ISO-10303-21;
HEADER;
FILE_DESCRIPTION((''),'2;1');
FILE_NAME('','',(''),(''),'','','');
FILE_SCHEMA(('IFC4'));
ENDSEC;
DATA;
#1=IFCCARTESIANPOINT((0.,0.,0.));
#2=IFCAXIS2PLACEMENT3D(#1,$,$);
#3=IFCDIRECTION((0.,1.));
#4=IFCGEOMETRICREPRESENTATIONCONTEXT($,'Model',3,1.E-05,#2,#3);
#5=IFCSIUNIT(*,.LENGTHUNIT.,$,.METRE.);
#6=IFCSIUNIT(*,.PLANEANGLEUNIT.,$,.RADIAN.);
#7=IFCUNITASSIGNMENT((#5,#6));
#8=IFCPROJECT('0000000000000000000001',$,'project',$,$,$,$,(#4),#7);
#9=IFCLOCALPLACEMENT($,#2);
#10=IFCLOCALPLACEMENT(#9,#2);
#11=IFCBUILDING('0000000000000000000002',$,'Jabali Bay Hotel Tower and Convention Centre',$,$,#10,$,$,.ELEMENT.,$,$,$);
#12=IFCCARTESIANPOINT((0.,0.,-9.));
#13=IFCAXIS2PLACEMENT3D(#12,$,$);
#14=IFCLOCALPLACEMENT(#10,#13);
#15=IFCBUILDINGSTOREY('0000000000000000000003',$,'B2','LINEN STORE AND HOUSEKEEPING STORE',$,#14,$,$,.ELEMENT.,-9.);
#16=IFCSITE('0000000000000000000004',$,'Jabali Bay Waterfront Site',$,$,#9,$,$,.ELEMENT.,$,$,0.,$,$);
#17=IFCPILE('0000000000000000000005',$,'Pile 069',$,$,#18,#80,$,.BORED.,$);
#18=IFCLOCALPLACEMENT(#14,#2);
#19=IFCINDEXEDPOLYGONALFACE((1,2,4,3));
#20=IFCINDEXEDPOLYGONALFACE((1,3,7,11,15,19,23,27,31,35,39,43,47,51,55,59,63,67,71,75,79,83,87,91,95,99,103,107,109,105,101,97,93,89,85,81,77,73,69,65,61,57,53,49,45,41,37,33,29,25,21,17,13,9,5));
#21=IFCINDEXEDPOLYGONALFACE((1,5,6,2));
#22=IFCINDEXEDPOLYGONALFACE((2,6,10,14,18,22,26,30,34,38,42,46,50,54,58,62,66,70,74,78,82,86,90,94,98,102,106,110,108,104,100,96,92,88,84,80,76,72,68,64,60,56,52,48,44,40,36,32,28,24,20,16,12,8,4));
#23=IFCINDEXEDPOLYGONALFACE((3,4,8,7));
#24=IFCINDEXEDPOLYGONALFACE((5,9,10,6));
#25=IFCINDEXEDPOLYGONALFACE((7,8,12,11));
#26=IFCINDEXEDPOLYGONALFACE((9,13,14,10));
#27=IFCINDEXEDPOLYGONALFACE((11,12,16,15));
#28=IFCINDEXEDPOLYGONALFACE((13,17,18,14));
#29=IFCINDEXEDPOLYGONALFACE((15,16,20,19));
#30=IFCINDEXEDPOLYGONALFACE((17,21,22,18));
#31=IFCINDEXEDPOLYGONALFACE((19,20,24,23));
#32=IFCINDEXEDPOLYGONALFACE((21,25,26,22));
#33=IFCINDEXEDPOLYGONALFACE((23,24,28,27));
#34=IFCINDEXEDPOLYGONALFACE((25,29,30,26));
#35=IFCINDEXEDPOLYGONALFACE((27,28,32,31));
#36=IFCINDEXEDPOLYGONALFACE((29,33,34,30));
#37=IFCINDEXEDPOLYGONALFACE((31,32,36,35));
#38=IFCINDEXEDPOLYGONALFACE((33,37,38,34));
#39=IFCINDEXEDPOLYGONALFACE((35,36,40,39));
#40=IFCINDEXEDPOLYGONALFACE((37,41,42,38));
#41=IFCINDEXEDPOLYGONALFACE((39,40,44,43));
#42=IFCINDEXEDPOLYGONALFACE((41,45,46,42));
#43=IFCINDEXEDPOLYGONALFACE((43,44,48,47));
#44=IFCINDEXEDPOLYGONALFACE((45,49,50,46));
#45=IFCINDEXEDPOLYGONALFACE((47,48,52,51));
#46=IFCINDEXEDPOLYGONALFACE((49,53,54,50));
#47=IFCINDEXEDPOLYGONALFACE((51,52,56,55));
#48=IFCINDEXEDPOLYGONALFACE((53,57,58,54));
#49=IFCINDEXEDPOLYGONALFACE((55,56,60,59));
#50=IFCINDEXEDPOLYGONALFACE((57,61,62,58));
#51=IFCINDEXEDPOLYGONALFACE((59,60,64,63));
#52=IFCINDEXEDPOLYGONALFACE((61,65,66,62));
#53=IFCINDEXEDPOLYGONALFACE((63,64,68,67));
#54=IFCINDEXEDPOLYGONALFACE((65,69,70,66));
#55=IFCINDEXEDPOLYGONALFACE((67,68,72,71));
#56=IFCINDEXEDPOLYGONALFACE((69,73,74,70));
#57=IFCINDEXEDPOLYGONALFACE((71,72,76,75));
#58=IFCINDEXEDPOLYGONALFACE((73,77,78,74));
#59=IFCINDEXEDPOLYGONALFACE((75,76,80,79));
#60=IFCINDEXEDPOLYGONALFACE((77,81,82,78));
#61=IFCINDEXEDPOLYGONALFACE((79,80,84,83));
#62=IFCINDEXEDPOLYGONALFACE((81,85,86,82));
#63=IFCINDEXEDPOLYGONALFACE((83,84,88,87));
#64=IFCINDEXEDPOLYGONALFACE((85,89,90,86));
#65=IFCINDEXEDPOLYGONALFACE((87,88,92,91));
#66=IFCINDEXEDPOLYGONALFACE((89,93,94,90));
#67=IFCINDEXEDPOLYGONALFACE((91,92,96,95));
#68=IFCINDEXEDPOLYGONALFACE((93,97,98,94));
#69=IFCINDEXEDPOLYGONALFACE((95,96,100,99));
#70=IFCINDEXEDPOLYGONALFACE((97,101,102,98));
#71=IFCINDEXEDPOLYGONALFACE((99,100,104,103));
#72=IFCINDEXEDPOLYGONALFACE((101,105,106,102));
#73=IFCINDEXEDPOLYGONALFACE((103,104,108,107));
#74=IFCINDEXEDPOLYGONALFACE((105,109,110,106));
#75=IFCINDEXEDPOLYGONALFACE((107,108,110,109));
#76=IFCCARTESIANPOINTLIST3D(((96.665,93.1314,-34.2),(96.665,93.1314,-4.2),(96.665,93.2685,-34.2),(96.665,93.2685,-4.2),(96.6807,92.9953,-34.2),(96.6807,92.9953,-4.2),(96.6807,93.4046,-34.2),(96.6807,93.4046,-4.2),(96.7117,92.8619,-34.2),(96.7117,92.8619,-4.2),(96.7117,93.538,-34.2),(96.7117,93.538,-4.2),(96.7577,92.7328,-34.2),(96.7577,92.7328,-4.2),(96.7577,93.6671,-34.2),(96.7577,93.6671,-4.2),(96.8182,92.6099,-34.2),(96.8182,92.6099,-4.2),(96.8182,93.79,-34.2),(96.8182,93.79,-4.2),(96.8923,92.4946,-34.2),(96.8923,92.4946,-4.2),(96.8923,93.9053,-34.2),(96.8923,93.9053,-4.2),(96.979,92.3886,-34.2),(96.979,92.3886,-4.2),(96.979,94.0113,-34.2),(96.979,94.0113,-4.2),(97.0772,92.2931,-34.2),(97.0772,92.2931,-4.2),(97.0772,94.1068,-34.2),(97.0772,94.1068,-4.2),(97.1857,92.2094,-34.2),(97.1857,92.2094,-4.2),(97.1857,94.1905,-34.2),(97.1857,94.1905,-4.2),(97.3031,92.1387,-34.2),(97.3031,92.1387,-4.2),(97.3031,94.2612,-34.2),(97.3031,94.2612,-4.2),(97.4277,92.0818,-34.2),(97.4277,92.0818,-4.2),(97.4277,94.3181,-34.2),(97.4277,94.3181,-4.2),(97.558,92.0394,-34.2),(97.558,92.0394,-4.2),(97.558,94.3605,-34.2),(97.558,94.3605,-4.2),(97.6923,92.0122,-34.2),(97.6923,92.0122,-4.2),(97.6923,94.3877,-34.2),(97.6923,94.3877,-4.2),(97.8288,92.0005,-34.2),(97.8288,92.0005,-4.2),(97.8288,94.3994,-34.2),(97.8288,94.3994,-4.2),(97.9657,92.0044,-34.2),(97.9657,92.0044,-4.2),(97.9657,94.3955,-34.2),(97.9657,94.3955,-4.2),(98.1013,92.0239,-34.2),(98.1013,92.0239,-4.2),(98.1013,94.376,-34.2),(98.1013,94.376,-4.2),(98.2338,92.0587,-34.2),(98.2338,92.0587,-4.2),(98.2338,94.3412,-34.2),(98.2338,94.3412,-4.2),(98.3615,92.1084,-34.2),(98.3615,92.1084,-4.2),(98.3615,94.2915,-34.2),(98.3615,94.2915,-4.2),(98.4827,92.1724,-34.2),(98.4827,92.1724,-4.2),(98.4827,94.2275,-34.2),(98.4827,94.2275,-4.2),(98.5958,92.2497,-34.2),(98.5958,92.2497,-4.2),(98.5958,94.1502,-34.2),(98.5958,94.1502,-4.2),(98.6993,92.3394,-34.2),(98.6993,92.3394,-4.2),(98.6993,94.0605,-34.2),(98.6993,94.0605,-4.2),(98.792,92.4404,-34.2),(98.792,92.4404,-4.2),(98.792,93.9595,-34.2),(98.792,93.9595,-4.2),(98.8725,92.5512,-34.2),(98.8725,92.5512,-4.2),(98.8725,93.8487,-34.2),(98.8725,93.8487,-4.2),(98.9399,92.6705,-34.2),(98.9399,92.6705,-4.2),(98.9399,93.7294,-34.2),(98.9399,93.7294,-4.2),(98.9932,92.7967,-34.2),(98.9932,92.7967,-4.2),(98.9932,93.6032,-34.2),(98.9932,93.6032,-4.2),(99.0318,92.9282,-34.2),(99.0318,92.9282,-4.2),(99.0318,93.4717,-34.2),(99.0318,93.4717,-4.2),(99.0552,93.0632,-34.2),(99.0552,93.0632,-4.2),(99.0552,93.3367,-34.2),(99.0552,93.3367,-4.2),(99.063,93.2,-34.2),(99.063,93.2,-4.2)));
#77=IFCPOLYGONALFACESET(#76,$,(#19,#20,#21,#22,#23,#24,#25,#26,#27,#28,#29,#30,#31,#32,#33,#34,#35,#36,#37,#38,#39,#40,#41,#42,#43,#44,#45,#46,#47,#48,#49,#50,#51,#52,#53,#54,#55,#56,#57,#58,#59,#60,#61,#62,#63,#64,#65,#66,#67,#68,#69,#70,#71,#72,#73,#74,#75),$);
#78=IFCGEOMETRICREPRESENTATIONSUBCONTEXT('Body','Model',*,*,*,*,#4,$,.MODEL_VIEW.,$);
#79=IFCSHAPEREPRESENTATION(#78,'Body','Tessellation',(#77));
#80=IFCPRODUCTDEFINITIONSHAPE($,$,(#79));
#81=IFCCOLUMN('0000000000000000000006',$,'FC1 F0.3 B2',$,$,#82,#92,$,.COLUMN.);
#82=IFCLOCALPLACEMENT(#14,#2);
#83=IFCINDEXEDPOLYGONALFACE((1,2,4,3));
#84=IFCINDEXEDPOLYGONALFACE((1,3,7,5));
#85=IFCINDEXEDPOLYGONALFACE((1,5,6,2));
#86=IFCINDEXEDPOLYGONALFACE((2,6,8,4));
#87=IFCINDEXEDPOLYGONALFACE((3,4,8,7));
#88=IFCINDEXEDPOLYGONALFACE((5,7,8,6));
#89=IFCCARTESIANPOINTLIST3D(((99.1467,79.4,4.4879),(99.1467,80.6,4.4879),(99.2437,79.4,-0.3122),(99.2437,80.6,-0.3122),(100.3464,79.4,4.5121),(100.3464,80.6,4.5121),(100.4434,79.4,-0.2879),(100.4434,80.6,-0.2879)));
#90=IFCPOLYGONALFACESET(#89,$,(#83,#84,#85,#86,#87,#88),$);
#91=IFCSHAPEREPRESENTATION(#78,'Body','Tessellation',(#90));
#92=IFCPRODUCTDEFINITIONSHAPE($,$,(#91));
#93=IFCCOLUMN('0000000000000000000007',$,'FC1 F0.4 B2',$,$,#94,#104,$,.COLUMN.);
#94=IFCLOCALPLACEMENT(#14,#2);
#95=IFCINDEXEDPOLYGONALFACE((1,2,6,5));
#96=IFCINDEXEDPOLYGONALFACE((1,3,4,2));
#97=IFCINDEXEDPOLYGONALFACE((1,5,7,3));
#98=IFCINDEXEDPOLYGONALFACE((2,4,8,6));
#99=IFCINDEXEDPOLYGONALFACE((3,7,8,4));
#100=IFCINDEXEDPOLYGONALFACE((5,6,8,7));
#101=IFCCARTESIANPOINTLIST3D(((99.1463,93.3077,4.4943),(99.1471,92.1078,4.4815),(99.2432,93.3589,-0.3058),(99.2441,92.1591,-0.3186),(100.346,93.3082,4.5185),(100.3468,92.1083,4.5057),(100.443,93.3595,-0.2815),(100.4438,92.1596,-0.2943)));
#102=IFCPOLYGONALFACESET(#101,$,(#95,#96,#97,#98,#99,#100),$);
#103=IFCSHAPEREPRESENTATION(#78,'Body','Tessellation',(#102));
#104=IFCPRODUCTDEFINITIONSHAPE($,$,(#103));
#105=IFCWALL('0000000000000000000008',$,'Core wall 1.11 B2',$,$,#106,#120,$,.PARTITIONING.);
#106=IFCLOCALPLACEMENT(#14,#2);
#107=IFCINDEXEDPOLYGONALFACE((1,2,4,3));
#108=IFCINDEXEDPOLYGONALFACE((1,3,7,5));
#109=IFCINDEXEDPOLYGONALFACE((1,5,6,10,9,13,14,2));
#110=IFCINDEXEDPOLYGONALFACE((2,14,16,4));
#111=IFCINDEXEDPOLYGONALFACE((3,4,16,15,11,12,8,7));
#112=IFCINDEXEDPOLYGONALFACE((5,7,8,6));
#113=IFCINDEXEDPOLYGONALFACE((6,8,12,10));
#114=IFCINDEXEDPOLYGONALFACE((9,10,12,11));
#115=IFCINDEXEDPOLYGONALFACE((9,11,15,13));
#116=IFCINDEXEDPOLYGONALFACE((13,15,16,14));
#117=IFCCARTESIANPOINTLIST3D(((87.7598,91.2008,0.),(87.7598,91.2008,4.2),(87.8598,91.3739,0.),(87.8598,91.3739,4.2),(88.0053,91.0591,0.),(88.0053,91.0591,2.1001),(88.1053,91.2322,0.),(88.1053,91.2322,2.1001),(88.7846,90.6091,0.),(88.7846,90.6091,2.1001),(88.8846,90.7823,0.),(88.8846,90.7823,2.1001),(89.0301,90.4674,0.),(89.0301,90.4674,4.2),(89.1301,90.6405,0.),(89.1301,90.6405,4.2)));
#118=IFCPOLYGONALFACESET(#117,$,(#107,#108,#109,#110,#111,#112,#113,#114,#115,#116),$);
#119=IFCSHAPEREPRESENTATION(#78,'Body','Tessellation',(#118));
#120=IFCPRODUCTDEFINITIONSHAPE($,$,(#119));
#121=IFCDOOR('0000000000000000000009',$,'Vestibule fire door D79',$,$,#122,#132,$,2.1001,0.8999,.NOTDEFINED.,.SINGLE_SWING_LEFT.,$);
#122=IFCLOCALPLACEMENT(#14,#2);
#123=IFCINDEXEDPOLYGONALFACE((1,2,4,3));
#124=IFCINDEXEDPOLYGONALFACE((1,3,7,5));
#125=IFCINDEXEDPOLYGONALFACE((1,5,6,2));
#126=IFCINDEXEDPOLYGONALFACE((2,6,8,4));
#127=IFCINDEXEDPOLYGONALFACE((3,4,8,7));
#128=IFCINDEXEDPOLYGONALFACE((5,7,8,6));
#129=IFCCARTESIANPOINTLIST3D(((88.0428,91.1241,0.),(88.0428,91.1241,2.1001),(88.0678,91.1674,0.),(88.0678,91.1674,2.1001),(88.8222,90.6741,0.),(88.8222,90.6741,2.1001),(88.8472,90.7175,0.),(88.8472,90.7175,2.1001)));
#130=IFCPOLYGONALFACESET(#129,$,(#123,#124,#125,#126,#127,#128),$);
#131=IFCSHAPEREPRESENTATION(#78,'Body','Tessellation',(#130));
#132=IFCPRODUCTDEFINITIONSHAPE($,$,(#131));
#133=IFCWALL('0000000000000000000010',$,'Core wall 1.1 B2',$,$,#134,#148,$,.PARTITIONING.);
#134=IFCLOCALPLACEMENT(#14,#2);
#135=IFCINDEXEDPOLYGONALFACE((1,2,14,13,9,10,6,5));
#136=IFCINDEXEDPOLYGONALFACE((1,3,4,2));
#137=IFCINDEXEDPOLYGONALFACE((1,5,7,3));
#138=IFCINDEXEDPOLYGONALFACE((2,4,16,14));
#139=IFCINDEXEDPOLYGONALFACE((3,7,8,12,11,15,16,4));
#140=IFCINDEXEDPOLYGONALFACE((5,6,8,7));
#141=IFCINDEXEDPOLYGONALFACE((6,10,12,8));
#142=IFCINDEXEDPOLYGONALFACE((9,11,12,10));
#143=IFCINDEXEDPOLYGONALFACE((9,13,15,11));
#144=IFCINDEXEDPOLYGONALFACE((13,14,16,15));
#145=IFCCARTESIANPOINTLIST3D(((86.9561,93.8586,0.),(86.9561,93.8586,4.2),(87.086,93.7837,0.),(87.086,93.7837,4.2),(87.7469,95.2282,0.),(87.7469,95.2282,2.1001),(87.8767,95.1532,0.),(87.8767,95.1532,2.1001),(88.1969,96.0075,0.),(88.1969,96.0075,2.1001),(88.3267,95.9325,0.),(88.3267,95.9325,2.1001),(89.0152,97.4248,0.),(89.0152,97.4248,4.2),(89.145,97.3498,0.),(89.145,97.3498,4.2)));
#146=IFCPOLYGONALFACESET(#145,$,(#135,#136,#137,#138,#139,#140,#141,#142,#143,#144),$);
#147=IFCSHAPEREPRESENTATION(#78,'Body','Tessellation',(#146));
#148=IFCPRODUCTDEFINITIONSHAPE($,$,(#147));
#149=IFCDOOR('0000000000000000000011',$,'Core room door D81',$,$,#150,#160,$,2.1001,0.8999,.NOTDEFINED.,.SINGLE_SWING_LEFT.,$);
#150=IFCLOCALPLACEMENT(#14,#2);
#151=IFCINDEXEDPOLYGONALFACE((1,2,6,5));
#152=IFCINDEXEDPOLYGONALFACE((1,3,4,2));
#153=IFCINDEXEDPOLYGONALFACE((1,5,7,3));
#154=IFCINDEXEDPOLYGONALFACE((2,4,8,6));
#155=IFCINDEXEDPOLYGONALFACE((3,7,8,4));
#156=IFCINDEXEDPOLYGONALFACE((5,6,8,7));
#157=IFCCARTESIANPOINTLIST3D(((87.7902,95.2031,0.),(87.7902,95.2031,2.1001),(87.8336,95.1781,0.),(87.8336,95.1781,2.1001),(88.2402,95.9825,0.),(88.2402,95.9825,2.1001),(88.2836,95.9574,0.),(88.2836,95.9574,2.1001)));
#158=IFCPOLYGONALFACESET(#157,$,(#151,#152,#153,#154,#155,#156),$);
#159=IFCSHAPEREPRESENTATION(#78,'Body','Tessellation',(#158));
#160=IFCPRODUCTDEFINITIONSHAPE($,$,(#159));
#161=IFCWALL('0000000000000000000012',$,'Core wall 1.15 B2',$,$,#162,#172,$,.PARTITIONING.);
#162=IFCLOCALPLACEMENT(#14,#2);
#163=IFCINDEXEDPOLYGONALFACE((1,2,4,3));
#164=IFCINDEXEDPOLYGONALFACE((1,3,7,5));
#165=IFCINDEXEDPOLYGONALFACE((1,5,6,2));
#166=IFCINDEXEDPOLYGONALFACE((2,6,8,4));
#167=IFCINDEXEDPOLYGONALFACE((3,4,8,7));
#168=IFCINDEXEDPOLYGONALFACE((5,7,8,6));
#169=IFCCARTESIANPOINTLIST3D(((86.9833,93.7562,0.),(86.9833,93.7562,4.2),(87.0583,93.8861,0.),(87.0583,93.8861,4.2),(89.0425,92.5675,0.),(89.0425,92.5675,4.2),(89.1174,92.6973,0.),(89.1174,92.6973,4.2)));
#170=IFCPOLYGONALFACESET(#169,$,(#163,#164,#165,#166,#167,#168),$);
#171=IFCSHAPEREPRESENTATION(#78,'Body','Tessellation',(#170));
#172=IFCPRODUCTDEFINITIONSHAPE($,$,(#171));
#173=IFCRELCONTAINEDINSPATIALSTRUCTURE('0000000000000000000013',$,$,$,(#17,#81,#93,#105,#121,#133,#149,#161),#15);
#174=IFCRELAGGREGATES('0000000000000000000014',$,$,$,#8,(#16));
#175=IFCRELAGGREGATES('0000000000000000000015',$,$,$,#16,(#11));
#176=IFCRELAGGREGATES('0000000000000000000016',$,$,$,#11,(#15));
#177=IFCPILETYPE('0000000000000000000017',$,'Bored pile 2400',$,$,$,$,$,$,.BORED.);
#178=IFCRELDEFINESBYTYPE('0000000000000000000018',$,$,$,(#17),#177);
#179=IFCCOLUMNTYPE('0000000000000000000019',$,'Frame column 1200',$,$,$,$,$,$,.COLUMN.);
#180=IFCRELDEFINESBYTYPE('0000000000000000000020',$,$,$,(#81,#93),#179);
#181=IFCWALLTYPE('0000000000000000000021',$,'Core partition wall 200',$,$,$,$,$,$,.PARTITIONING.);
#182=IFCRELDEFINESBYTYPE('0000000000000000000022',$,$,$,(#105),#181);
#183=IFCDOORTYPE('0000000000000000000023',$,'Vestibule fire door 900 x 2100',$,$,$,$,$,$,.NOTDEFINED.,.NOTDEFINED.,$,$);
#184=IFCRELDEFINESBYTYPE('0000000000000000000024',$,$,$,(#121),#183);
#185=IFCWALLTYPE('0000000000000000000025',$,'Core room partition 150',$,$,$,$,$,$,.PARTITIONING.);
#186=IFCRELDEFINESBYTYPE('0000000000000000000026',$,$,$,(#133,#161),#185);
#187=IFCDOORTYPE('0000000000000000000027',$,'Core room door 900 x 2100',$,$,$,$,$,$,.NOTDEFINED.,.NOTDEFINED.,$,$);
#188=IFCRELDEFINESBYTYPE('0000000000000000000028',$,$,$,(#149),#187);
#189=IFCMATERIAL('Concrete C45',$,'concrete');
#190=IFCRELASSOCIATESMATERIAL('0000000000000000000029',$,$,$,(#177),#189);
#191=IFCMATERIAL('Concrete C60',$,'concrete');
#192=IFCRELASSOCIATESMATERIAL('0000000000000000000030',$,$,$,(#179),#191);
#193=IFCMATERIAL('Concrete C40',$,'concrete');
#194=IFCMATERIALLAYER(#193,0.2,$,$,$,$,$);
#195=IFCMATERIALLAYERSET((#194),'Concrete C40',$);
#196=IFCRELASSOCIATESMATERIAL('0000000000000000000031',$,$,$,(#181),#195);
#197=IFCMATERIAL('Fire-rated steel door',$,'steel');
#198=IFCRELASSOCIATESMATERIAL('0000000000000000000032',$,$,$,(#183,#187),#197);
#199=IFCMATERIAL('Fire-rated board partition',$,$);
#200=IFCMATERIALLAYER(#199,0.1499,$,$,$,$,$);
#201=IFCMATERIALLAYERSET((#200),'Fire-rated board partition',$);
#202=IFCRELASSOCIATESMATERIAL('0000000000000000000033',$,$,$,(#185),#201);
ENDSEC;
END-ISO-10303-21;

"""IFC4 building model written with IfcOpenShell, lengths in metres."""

from ifc_helpers import new_model, si_unit, direction, frame, frame_2d, origin, origin_2d, place, context, subcontext, project, spatial, rectangle, circle, extrude, material, layer, layer_set, material_profile, profile_set, type_object, element, fill, save


model = new_model("IFC4")

# Units and contexts
model_context = context("Model", 3, precision=1e-05, world=origin(), true_north=direction((0.0, 1.0)))
body_context = subcontext(model_context, "Body", "Model", "MODEL_VIEW")
ifc_project = project(units=[si_unit("LENGTHUNIT", "METRE"), si_unit("PLANEANGLEUNIT", "RADIAN")], contexts=[model_context])

# Site, building, storey
site_placement = place(None, origin())
site = spatial("IfcSite", under=ifc_project, at=site_placement, Name="Jabali Bay Waterfront Site", CompositionType="ELEMENT", RefElevation=0.0)
building_placement = place(site_placement, origin())
building = spatial("IfcBuilding", under=site, at=building_placement, Name="Jabali Bay Hotel Tower and Convention Centre", CompositionType="ELEMENT")
storey_placement = place(building_placement, frame((0.0, 0.0, -9.0)))
storey = spatial("IfcBuildingStorey", under=building, at=storey_placement, Name="B2", Description="LINEN STORE AND HOUSEKEEPING STORE", CompositionType="ELEMENT", Elevation=-9.0)

# Pile
ifc_material_1 = material(Name="Concrete C45", Category="concrete")
ifc_material_profile_1 = material_profile(ifc_material_1, circle(Radius=1.2, at=origin_2d()), Name="Bored pile 2400")
ifc_profile_set_1 = profile_set([ifc_material_profile_1], Name="Concrete C45")
pile_type = type_object("IfcPileType", Name="Bored pile 2400", PredefinedType="BORED", material=ifc_profile_set_1)
for number, where, z_axis, x_axis, name in (
    (1, (97.863, 93.2, -4.2), (0.0, 0.0, -1.0), (1.0, 0.0, 0.0), "Pile 069"),
):
    element("IfcPile", number, at=place(storey_placement, frame(where, z_axis=z_axis, x_axis=x_axis)), inside=storey, type_object=pile_type, Name=name, PredefinedType="BORED", context=body_context, shape_type="SweptSolid", body=[
        extrude(circle(Radius=1.2, at=origin_2d()), origin(), (0.0, 0.0, 1.0), 30.0),
    ])

# Columns
ifc_material_2 = material(Name="Concrete C60", Category="concrete")
ifc_material_profile_2 = material_profile(ifc_material_2, rectangle(XDim=1.2, YDim=1.2, at=origin_2d()), Name="Frame column 1200")
ifc_profile_set_2 = profile_set([ifc_material_profile_2], Name="Concrete C60")
column_type = type_object("IfcColumnType", Name="Frame column 1200", PredefinedType="COLUMN", material=ifc_profile_set_2)
column_1_placement = place(storey_placement, frame((99.8435, 80.0, -0.3), z_axis=(-0.020188, 0.0, 0.999796), x_axis=(0.0, -1.0, 0.0)))
element("IfcColumn", 2, at=column_1_placement, inside=storey, type_object=column_type, Name="FC1 F0.3 B2", PredefinedType="COLUMN", context=body_context, shape_type="SweptSolid", body=[
    extrude(rectangle(XDim=1.2, YDim=1.2, at=origin_2d()), origin(), (0.0, 0.0, 1.0), 4.801),
])
column_2_placement = place(storey_placement, frame((99.8435, 92.7593, -0.3), z_axis=(-0.020187, -0.010678, 0.999739), x_axis=(0.999796, 0.000457, 0.020193)))
element("IfcColumn", 3, at=column_2_placement, inside=storey, type_object=column_type, Name="FC1 F0.4 B2", PredefinedType="COLUMN", context=body_context, shape_type="SweptSolid", body=[
    extrude(rectangle(XDim=1.2, YDim=1.2, at=origin_2d()), origin(), (0.0, 0.0, 1.0), 4.8013),
])

# Walls, openings, doors
ifc_material_3 = material(Name="Concrete C40", Category="concrete")
ifc_layer_1 = layer(ifc_material_3, 0.2)
ifc_layer_set_1 = layer_set([ifc_layer_1], Name="Concrete C40")
wall_type_1 = type_object("IfcWallType", Name="Core partition wall 200", PredefinedType="PARTITIONING", material=ifc_layer_set_1)
wall_1_placement = place(storey_placement, frame((89.0801, 90.554, 0.0), z_axis=(0.0, 0.0, 1.0), x_axis=(-0.866022, 0.500006, 0.0)))
wall_1 = element("IfcWall", 4, at=wall_1_placement, inside=storey, type_object=wall_type_1, Name="Core wall 1.11 B2", PredefinedType="PARTITIONING", context=body_context, shape_type="SweptSolid", body=[
    extrude(rectangle(XDim=1.4668, YDim=0.2, at=frame_2d((0.7334, 0.0))), origin(), (0.0, 0.0, 1.0), 4.2),
])
opening_1_placement = place(wall_1_placement, frame((0.2834, 0.0, 0.0)))
opening_1 = element("IfcOpeningElement", 5, at=opening_1_placement, cuts=wall_1, PredefinedType="OPENING", context=body_context, shape_type="SweptSolid", body=[
    extrude(rectangle(XDim=0.8999, YDim=2.1001, at=frame_2d((0.45, 1.05))), frame((0.0, 0.1104, 0.0), z_axis=(0.0, -1.0, 0.0), x_axis=(1.0, 0.0, 0.0)), (0.0, 0.0, 1.0), 0.2209),
])
ifc_material_4 = material(Name="Fire-rated steel door", Category="steel")
door_type_1 = type_object("IfcDoorType", Name="Vestibule fire door 900 x 2100", OperationType="NOTDEFINED", PredefinedType="NOTDEFINED", material=ifc_material_4)
door_1_placement = place(opening_1_placement, origin())
door_1 = element("IfcDoor", 6, at=door_1_placement, inside=storey, type_object=door_type_1, Name="Vestibule fire door D79", OperationType="SINGLE_SWING_LEFT", OverallHeight=2.1001, OverallWidth=0.8999, PredefinedType="NOTDEFINED", context=body_context, shape_type="SweptSolid", body=[
    extrude(rectangle(XDim=0.8999, YDim=2.1001, at=frame_2d((0.45, 1.05))), frame((0.0, 0.0249, 0.0), z_axis=(0.0, -1.0, 0.0), x_axis=(1.0, 0.0, 0.0)), (0.0, 0.0, 1.0), 0.05),
])
fill(opening_1, door_1)
ifc_material_5 = material(Name="Fire-rated board partition")
ifc_layer_2 = layer(ifc_material_5, 0.1499)
ifc_layer_set_2 = layer_set([ifc_layer_2], Name="Fire-rated board partition")
wall_type_2 = type_object("IfcWallType", Name="Core room partition 150", PredefinedType="PARTITIONING", material=ifc_layer_set_2)
wall_2_placement = place(storey_placement, frame((87.021, 93.821, 0.0), z_axis=(0.0, 0.0, 1.0), x_axis=(0.500029, 0.866009, 0.0)))
wall_2 = element("IfcWall", 7, at=wall_2_placement, inside=storey, type_object=wall_type_2, Name="Core wall 1.1 B2", PredefinedType="PARTITIONING", context=body_context, shape_type="SweptSolid", body=[
    extrude(rectangle(XDim=4.1179, YDim=0.1499, at=frame_2d((2.0591, 0.0))), origin(), (0.0, 0.0, 1.0), 4.2),
])
opening_2_placement = place(wall_2_placement, frame((1.5815, 0.0, 0.0)))
opening_2 = element("IfcOpeningElement", 8, at=opening_2_placement, cuts=wall_2, PredefinedType="OPENING", context=body_context, shape_type="SweptSolid", body=[
    extrude(rectangle(XDim=0.8999, YDim=2.1001, at=frame_2d((0.45, 1.05))), frame((0.0, 0.0854, 0.0), z_axis=(0.0, -1.0, 0.0), x_axis=(1.0, 0.0, 0.0)), (0.0, 0.0, 1.0), 0.1709),
])
door_type_2 = type_object("IfcDoorType", Name="Core room door 900 x 2100", OperationType="NOTDEFINED", PredefinedType="NOTDEFINED", material=ifc_material_4)
door_2_placement = place(opening_2_placement, origin())
door_2 = element("IfcDoor", 9, at=door_2_placement, inside=storey, type_object=door_type_2, Name="Core room door D81", OperationType="SINGLE_SWING_LEFT", OverallHeight=2.1001, OverallWidth=0.8999, PredefinedType="NOTDEFINED", context=body_context, shape_type="SweptSolid", body=[
    extrude(rectangle(XDim=0.8999, YDim=2.1001, at=frame_2d((0.45, 1.05))), frame((0.0, 0.0249, 0.0), z_axis=(0.0, -1.0, 0.0), x_axis=(1.0, 0.0, 0.0)), (0.0, 0.0, 1.0), 0.05),
])
fill(opening_2, door_2)

# Wall
wall_3_placement = place(storey_placement, frame((89.0801, 92.6323, 0.0), z_axis=(0.0, 0.0, 1.0), x_axis=(-0.866042, 0.499971, 0.0)))
element("IfcWall", 10, at=wall_3_placement, inside=storey, type_object=wall_type_2, Name="Core wall 1.15 B2", PredefinedType="PARTITIONING", context=body_context, shape_type="SweptSolid", body=[
    extrude(rectangle(XDim=2.3777, YDim=0.1499, at=frame_2d((1.189, 0.0))), origin(), (0.0, 0.0, 1.0), 4.2),
])

save(model, "model.ifc")
